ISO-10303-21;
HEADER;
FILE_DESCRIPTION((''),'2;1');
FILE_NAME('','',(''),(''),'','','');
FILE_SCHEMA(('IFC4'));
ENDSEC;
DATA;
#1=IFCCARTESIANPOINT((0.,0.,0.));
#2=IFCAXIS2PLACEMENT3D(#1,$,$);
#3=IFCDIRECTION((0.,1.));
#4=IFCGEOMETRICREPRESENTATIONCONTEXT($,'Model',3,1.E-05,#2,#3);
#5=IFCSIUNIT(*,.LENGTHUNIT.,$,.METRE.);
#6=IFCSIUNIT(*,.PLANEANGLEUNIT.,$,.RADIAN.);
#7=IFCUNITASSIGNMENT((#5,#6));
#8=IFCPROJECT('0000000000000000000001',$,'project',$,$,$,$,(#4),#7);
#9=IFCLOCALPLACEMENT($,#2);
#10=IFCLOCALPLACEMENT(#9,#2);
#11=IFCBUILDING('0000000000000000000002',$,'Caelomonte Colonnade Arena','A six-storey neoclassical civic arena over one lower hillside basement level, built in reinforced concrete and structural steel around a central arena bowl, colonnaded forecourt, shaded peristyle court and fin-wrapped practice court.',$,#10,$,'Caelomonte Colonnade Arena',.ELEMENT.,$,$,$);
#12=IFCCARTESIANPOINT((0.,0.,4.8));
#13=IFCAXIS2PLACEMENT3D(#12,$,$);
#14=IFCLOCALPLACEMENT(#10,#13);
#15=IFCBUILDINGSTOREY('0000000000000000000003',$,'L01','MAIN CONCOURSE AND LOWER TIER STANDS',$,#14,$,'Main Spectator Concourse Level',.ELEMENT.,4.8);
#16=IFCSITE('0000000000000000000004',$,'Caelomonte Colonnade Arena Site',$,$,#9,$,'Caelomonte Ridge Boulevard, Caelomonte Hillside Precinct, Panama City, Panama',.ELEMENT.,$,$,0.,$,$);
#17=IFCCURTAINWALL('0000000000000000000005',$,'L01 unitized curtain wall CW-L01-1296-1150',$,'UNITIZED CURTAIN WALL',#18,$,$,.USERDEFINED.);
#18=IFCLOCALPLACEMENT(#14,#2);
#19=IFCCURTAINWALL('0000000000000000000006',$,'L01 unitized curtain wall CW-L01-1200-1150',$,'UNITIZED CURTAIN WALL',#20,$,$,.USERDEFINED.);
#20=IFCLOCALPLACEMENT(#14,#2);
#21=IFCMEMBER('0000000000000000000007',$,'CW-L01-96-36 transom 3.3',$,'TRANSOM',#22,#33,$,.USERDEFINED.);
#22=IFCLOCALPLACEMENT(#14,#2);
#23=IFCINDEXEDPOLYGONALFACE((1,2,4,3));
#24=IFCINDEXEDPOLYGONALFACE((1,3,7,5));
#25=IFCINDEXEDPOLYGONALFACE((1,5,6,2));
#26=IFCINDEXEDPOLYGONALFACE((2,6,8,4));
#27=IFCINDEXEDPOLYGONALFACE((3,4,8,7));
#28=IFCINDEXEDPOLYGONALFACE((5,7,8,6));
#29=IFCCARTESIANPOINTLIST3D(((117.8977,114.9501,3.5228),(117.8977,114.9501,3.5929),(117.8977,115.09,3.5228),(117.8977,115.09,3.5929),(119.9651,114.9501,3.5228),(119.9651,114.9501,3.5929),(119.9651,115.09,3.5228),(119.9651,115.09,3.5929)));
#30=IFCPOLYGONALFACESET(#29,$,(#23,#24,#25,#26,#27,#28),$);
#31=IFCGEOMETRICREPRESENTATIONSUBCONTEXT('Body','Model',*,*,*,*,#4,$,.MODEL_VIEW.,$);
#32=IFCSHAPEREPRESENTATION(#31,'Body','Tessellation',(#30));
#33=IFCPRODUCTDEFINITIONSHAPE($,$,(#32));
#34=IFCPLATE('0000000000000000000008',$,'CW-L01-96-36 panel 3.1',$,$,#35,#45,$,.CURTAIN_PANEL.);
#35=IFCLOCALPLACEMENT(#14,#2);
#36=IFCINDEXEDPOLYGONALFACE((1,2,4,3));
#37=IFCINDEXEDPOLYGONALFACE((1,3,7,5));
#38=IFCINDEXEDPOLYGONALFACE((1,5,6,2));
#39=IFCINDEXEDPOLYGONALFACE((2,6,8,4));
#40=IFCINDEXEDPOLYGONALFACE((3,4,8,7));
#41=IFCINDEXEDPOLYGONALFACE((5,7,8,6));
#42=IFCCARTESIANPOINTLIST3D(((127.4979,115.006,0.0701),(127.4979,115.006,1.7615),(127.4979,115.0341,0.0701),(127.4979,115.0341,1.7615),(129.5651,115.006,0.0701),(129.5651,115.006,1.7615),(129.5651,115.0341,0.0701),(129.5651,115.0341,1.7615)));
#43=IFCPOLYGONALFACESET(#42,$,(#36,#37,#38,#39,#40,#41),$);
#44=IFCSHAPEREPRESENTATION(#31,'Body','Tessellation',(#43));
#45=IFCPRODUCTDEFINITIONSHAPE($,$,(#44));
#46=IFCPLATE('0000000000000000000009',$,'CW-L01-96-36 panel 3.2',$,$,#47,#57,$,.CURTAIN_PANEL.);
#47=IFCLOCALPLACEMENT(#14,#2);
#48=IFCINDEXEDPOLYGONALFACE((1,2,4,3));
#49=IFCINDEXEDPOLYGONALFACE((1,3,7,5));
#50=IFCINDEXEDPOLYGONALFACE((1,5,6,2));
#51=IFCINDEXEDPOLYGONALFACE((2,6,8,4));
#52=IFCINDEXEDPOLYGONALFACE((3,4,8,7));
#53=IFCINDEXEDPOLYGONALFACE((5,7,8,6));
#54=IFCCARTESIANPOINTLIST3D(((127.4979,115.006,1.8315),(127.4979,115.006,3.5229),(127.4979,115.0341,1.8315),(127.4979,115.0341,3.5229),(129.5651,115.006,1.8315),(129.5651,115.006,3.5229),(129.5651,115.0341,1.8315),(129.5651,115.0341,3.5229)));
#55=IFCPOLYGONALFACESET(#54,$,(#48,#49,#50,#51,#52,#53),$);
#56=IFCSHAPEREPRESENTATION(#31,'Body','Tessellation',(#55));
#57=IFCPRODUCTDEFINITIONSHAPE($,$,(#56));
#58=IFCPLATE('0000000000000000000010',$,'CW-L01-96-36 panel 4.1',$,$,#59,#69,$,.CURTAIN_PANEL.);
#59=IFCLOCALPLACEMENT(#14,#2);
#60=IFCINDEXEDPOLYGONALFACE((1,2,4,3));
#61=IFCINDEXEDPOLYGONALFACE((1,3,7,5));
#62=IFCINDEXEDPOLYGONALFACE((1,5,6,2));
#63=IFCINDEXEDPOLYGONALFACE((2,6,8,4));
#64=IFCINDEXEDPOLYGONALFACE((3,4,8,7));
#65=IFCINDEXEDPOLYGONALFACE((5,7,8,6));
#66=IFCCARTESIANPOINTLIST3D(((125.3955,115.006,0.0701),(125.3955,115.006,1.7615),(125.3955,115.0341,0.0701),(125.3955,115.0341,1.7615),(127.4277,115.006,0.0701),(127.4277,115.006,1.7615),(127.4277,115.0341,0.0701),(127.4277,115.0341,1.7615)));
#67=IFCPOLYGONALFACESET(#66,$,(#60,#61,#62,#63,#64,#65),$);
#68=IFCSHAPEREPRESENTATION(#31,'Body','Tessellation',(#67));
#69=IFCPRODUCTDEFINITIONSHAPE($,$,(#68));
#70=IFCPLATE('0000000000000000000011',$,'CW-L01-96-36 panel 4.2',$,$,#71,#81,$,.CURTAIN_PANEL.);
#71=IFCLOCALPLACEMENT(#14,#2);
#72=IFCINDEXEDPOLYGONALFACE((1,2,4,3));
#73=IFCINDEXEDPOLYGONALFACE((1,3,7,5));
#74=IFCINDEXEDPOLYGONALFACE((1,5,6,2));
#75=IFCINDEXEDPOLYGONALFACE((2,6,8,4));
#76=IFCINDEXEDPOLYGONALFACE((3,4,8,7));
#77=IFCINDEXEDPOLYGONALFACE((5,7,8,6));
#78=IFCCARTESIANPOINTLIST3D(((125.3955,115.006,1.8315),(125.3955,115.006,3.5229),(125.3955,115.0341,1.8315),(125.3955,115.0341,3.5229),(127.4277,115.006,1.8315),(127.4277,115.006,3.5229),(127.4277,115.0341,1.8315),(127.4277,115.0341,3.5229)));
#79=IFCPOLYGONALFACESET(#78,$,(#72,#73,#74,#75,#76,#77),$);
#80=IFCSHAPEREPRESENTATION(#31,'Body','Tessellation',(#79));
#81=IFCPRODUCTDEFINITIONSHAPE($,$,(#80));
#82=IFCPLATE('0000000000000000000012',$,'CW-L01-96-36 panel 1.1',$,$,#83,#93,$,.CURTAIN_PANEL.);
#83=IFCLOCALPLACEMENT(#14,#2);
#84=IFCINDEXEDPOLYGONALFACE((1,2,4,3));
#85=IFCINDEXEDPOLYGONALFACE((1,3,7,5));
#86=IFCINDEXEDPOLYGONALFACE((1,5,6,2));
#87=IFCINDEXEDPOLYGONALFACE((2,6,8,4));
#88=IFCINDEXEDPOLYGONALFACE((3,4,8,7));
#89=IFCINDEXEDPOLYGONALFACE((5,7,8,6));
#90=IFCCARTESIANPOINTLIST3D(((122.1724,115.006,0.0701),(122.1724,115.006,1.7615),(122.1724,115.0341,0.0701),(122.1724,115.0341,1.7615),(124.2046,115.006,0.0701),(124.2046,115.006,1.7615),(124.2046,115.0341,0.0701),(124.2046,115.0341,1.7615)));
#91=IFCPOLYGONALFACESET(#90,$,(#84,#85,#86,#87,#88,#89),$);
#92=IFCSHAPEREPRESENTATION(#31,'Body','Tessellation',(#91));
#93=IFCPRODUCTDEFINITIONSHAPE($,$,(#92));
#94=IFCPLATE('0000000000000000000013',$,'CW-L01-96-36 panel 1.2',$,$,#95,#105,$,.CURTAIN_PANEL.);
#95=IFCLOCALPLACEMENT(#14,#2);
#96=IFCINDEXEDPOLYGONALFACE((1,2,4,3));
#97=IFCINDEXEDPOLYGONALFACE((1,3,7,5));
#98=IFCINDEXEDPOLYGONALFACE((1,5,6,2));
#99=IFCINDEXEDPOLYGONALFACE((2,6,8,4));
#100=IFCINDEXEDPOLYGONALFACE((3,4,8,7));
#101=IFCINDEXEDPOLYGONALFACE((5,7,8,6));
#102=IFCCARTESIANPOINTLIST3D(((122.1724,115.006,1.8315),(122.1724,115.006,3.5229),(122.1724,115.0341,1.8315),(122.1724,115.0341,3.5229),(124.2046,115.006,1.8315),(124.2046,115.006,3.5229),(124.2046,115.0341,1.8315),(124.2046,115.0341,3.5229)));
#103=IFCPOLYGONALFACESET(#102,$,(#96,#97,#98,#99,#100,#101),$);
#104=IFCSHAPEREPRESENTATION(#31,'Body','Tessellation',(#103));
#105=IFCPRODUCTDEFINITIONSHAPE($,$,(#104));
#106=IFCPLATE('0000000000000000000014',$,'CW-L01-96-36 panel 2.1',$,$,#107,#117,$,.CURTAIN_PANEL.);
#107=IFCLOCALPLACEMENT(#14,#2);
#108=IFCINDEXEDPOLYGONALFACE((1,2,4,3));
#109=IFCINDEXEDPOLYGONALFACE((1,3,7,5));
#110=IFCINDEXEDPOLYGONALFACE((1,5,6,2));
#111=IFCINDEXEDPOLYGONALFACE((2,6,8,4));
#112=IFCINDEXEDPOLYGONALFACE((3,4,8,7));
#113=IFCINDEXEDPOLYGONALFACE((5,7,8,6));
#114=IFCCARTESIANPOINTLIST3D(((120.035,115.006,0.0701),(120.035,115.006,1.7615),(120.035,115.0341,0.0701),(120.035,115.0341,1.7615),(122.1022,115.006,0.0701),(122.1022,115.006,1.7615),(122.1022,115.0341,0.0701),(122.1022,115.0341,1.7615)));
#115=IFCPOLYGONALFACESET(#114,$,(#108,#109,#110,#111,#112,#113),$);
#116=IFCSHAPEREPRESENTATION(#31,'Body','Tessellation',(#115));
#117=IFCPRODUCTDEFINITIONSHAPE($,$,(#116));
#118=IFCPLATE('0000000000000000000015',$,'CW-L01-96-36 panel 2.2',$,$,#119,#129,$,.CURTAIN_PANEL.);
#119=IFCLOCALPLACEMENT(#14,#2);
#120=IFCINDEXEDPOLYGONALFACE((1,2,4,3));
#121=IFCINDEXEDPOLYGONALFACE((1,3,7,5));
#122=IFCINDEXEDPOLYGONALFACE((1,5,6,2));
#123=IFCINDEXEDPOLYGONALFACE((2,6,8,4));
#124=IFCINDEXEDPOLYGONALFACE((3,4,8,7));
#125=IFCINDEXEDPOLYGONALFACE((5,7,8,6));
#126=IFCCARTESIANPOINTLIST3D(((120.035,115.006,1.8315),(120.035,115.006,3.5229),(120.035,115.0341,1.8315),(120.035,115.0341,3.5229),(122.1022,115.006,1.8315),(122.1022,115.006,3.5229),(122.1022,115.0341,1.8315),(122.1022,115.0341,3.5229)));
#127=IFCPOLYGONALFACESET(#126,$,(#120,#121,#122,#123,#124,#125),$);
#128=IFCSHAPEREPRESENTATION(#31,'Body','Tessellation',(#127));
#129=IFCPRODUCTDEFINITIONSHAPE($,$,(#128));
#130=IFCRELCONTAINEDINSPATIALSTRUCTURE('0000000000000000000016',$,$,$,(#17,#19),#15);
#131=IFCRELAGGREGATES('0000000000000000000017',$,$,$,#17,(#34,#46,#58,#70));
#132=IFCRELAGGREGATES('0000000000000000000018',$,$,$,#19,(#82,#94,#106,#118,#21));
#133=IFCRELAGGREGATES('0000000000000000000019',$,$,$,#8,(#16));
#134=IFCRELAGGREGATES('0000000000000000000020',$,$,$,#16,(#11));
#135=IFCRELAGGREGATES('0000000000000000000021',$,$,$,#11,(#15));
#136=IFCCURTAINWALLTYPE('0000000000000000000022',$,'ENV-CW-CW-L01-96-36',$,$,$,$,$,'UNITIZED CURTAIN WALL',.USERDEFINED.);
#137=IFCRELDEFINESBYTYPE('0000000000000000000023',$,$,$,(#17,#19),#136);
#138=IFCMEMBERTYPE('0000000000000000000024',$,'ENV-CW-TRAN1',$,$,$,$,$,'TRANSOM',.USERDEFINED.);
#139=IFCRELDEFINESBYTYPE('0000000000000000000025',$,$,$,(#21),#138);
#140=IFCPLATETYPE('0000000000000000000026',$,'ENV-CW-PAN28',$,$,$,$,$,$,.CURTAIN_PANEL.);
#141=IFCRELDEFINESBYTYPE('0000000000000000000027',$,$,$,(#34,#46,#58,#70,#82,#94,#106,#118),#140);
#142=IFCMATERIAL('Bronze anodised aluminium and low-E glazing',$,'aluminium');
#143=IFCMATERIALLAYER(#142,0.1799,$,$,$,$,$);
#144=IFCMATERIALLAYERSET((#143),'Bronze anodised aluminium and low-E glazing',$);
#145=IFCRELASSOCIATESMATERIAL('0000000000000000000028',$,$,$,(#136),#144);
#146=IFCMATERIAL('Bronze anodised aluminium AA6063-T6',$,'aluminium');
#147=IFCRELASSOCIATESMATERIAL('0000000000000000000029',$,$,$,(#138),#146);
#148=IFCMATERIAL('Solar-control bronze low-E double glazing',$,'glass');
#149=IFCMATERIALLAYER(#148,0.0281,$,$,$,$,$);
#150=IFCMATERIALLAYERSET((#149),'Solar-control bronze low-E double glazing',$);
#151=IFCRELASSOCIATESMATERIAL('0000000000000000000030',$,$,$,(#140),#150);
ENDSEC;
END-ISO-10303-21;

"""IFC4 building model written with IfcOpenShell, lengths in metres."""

from ifc_helpers import new_model, si_unit, direction, frame, origin, origin_2d, place, context, subcontext, project, spatial, rectangle, extrude, material, layer, layer_set, material_profile, profile_set, type_object, element, aggregate, save


model = new_model("IFC4")

# Units and contexts
model_context = context("Model", 3, precision=1e-05, world=origin(), true_north=direction((0.0, 1.0)))
body_context = subcontext(model_context, "Body", "Model", "MODEL_VIEW")
ifc_project = project(units=[si_unit("LENGTHUNIT", "METRE"), si_unit("PLANEANGLEUNIT", "RADIAN")], contexts=[model_context])

# Site, building, storey
site_placement = place(None, origin())
site = spatial("IfcSite", under=ifc_project, at=site_placement, Name="Caelomonte Colonnade Arena Site", LongName="Caelomonte Ridge Boulevard, Caelomonte Hillside Precinct, Panama City, Panama", CompositionType="ELEMENT", RefElevation=0.0)
building_placement = place(site_placement, origin())
building = spatial("IfcBuilding", under=site, at=building_placement, Name="Caelomonte Colonnade Arena", Description="A six-storey neoclassical civic arena over one lower hillside basement level, built in reinforced concrete and structural steel around a central arena bowl, colonnaded forecourt, shaded peristyle court and fin-wrapped practice court.", LongName="Caelomonte Colonnade Arena", CompositionType="ELEMENT")
storey_placement = place(building_placement, frame((0.0, 0.0, 4.8)))
storey = spatial("IfcBuildingStorey", under=building, at=storey_placement, Name="L01", Description="MAIN CONCOURSE AND LOWER TIER STANDS", LongName="Main Spectator Concourse Level", CompositionType="ELEMENT", Elevation=4.8)

# Curtain walls
ifc_material_1 = material(Name="Bronze anodised aluminium and low-E glazing", Category="aluminium")
ifc_layer_1 = layer(ifc_material_1, 0.1799)
ifc_layer_set_1 = layer_set([ifc_layer_1], Name="Bronze anodised aluminium and low-E glazing")
curtain_wall_type = type_object("IfcCurtainWallType", Name="ENV-CW-CW-L01-96-36", ElementType="UNITIZED CURTAIN WALL", PredefinedType="USERDEFINED", material=ifc_layer_set_1)
curtain_wall_1_placement = place(storey_placement, origin())
curtain_wall_1 = element("IfcCurtainWall", 1, at=curtain_wall_1_placement, inside=storey, type_object=curtain_wall_type, Name="L01 unitized curtain wall CW-L01-1296-1150", ObjectType="UNITIZED CURTAIN WALL", PredefinedType="USERDEFINED")
ifc_material_2 = material(Name="Bronze anodised aluminium AA6063-T6", Category="aluminium")
curtain_wall_2_placement = place(storey_placement, origin())
curtain_wall_2 = element("IfcCurtainWall", 2, at=curtain_wall_2_placement, inside=storey, type_object=curtain_wall_type, Name="L01 unitized curtain wall CW-L01-1200-1150", ObjectType="UNITIZED CURTAIN WALL", PredefinedType="USERDEFINED")

# Member
ifc_material_profile_1 = material_profile(ifc_material_2, rectangle(XDim=0.0701, YDim=0.1399, at=origin_2d()), Name="CWT-70X140")
ifc_profile_set_1 = profile_set([ifc_material_profile_1], Name="Bronze anodised aluminium AA6063-T6")
member_type_1 = type_object("IfcMemberType", Name="ENV-CW-TRAN1", ElementType="TRANSOM", PredefinedType="USERDEFINED", material=ifc_profile_set_1)
member_1_placement = place(storey_placement, frame((119.9651, 115.02, 3.5579), z_axis=(-1.0, 0.0, 0.0), x_axis=(0.0, 0.0, 1.0)))
member_1 = element("IfcMember", 3, at=member_1_placement, type_object=member_type_1, Name="CW-L01-96-36 transom 3.3", ObjectType="TRANSOM", PredefinedType="USERDEFINED", context=body_context, shape_type="SweptSolid", body=[
    extrude(rectangle(XDim=0.0701, YDim=0.1399, at=origin_2d()), origin(), (0.0, 0.0, 1.0), 2.0674),
])

# Plates
ifc_material_3 = material(Name="Solar-control bronze low-E double glazing", Category="glass")
ifc_layer_2 = layer(ifc_material_3, 0.0281)
ifc_layer_set_2 = layer_set([ifc_layer_2], Name="Solar-control bronze low-E double glazing")
plate_type = type_object("IfcPlateType", Name="ENV-CW-PAN28", PredefinedType="CURTAIN_PANEL", material=ifc_layer_set_2)
plate_1_placement = place(storey_placement, frame((128.5315, 115.02, 0.0701), z_axis=(0.0, 0.0, 1.0), x_axis=(-1.0, 0.0, 0.0)))
plate_1 = element("IfcPlate", 4, at=plate_1_placement, type_object=plate_type, Name="CW-L01-96-36 panel 3.1", PredefinedType="CURTAIN_PANEL", context=body_context, shape_type="SweptSolid", body=[
    extrude(rectangle(XDim=2.0671, YDim=0.0281, at=origin_2d()), origin(), (0.0, 0.0, 1.0), 1.6914),
])
plate_2_placement = place(storey_placement, frame((128.5315, 115.02, 1.8315), z_axis=(0.0, 0.0, 1.0), x_axis=(-1.0, 0.0, 0.0)))
plate_2 = element("IfcPlate", 5, at=plate_2_placement, type_object=plate_type, Name="CW-L01-96-36 panel 3.2", PredefinedType="CURTAIN_PANEL", context=body_context, shape_type="SweptSolid", body=[
    extrude(rectangle(XDim=2.0671, YDim=0.0281, at=origin_2d()), origin(), (0.0, 0.0, 1.0), 1.6914),
])
plate_3_placement = place(storey_placement, frame((126.4116, 115.02, 0.0701), z_axis=(0.0, 0.0, 1.0), x_axis=(-1.0, 0.0, 0.0)))
plate_3 = element("IfcPlate", 6, at=plate_3_placement, type_object=plate_type, Name="CW-L01-96-36 panel 4.1", PredefinedType="CURTAIN_PANEL", context=body_context, shape_type="SweptSolid", body=[
    extrude(rectangle(XDim=2.0322, YDim=0.0281, at=origin_2d()), origin(), (0.0, 0.0, 1.0), 1.6914),
])
plate_4_placement = place(storey_placement, frame((126.4116, 115.02, 1.8315), z_axis=(0.0, 0.0, 1.0), x_axis=(-1.0, 0.0, 0.0)))
plate_4 = element("IfcPlate", 7, at=plate_4_placement, type_object=plate_type, Name="CW-L01-96-36 panel 4.2", PredefinedType="CURTAIN_PANEL", context=body_context, shape_type="SweptSolid", body=[
    extrude(rectangle(XDim=2.0322, YDim=0.0281, at=origin_2d()), origin(), (0.0, 0.0, 1.0), 1.6914),
])
aggregate(curtain_wall_1, [plate_1, plate_2, plate_3, plate_4])
plate_5_placement = place(storey_placement, frame((123.1885, 115.02, 0.0701), z_axis=(0.0, 0.0, 1.0), x_axis=(-1.0, 0.0, 0.0)))
plate_5 = element("IfcPlate", 8, at=plate_5_placement, type_object=plate_type, Name="CW-L01-96-36 panel 1.1", PredefinedType="CURTAIN_PANEL", context=body_context, shape_type="SweptSolid", body=[
    extrude(rectangle(XDim=2.0322, YDim=0.0281, at=origin_2d()), origin(), (0.0, 0.0, 1.0), 1.6914),
])
plate_6_placement = place(storey_placement, frame((123.1885, 115.02, 1.8315), z_axis=(0.0, 0.0, 1.0), x_axis=(-1.0, 0.0, 0.0)))
plate_6 = element("IfcPlate", 9, at=plate_6_placement, type_object=plate_type, Name="CW-L01-96-36 panel 1.2", PredefinedType="CURTAIN_PANEL", context=body_context, shape_type="SweptSolid", body=[
    extrude(rectangle(XDim=2.0322, YDim=0.0281, at=origin_2d()), origin(), (0.0, 0.0, 1.0), 1.6914),
])
plate_7_placement = place(storey_placement, frame((121.0686, 115.02, 0.0701), z_axis=(0.0, 0.0, 1.0), x_axis=(-1.0, 0.0, 0.0)))
plate_7 = element("IfcPlate", 10, at=plate_7_placement, type_object=plate_type, Name="CW-L01-96-36 panel 2.1", PredefinedType="CURTAIN_PANEL", context=body_context, shape_type="SweptSolid", body=[
    extrude(rectangle(XDim=2.0671, YDim=0.0281, at=origin_2d()), origin(), (0.0, 0.0, 1.0), 1.6914),
])
plate_8_placement = place(storey_placement, frame((121.0686, 115.02, 1.8315), z_axis=(0.0, 0.0, 1.0), x_axis=(-1.0, 0.0, 0.0)))
plate_8 = element("IfcPlate", 11, at=plate_8_placement, type_object=plate_type, Name="CW-L01-96-36 panel 2.2", PredefinedType="CURTAIN_PANEL", context=body_context, shape_type="SweptSolid", body=[
    extrude(rectangle(XDim=2.0671, YDim=0.0281, at=origin_2d()), origin(), (0.0, 0.0, 1.0), 1.6914),
])
aggregate(curtain_wall_2, [plate_5, plate_6, plate_7, plate_8, member_1])

save(model, "model.ifc")
